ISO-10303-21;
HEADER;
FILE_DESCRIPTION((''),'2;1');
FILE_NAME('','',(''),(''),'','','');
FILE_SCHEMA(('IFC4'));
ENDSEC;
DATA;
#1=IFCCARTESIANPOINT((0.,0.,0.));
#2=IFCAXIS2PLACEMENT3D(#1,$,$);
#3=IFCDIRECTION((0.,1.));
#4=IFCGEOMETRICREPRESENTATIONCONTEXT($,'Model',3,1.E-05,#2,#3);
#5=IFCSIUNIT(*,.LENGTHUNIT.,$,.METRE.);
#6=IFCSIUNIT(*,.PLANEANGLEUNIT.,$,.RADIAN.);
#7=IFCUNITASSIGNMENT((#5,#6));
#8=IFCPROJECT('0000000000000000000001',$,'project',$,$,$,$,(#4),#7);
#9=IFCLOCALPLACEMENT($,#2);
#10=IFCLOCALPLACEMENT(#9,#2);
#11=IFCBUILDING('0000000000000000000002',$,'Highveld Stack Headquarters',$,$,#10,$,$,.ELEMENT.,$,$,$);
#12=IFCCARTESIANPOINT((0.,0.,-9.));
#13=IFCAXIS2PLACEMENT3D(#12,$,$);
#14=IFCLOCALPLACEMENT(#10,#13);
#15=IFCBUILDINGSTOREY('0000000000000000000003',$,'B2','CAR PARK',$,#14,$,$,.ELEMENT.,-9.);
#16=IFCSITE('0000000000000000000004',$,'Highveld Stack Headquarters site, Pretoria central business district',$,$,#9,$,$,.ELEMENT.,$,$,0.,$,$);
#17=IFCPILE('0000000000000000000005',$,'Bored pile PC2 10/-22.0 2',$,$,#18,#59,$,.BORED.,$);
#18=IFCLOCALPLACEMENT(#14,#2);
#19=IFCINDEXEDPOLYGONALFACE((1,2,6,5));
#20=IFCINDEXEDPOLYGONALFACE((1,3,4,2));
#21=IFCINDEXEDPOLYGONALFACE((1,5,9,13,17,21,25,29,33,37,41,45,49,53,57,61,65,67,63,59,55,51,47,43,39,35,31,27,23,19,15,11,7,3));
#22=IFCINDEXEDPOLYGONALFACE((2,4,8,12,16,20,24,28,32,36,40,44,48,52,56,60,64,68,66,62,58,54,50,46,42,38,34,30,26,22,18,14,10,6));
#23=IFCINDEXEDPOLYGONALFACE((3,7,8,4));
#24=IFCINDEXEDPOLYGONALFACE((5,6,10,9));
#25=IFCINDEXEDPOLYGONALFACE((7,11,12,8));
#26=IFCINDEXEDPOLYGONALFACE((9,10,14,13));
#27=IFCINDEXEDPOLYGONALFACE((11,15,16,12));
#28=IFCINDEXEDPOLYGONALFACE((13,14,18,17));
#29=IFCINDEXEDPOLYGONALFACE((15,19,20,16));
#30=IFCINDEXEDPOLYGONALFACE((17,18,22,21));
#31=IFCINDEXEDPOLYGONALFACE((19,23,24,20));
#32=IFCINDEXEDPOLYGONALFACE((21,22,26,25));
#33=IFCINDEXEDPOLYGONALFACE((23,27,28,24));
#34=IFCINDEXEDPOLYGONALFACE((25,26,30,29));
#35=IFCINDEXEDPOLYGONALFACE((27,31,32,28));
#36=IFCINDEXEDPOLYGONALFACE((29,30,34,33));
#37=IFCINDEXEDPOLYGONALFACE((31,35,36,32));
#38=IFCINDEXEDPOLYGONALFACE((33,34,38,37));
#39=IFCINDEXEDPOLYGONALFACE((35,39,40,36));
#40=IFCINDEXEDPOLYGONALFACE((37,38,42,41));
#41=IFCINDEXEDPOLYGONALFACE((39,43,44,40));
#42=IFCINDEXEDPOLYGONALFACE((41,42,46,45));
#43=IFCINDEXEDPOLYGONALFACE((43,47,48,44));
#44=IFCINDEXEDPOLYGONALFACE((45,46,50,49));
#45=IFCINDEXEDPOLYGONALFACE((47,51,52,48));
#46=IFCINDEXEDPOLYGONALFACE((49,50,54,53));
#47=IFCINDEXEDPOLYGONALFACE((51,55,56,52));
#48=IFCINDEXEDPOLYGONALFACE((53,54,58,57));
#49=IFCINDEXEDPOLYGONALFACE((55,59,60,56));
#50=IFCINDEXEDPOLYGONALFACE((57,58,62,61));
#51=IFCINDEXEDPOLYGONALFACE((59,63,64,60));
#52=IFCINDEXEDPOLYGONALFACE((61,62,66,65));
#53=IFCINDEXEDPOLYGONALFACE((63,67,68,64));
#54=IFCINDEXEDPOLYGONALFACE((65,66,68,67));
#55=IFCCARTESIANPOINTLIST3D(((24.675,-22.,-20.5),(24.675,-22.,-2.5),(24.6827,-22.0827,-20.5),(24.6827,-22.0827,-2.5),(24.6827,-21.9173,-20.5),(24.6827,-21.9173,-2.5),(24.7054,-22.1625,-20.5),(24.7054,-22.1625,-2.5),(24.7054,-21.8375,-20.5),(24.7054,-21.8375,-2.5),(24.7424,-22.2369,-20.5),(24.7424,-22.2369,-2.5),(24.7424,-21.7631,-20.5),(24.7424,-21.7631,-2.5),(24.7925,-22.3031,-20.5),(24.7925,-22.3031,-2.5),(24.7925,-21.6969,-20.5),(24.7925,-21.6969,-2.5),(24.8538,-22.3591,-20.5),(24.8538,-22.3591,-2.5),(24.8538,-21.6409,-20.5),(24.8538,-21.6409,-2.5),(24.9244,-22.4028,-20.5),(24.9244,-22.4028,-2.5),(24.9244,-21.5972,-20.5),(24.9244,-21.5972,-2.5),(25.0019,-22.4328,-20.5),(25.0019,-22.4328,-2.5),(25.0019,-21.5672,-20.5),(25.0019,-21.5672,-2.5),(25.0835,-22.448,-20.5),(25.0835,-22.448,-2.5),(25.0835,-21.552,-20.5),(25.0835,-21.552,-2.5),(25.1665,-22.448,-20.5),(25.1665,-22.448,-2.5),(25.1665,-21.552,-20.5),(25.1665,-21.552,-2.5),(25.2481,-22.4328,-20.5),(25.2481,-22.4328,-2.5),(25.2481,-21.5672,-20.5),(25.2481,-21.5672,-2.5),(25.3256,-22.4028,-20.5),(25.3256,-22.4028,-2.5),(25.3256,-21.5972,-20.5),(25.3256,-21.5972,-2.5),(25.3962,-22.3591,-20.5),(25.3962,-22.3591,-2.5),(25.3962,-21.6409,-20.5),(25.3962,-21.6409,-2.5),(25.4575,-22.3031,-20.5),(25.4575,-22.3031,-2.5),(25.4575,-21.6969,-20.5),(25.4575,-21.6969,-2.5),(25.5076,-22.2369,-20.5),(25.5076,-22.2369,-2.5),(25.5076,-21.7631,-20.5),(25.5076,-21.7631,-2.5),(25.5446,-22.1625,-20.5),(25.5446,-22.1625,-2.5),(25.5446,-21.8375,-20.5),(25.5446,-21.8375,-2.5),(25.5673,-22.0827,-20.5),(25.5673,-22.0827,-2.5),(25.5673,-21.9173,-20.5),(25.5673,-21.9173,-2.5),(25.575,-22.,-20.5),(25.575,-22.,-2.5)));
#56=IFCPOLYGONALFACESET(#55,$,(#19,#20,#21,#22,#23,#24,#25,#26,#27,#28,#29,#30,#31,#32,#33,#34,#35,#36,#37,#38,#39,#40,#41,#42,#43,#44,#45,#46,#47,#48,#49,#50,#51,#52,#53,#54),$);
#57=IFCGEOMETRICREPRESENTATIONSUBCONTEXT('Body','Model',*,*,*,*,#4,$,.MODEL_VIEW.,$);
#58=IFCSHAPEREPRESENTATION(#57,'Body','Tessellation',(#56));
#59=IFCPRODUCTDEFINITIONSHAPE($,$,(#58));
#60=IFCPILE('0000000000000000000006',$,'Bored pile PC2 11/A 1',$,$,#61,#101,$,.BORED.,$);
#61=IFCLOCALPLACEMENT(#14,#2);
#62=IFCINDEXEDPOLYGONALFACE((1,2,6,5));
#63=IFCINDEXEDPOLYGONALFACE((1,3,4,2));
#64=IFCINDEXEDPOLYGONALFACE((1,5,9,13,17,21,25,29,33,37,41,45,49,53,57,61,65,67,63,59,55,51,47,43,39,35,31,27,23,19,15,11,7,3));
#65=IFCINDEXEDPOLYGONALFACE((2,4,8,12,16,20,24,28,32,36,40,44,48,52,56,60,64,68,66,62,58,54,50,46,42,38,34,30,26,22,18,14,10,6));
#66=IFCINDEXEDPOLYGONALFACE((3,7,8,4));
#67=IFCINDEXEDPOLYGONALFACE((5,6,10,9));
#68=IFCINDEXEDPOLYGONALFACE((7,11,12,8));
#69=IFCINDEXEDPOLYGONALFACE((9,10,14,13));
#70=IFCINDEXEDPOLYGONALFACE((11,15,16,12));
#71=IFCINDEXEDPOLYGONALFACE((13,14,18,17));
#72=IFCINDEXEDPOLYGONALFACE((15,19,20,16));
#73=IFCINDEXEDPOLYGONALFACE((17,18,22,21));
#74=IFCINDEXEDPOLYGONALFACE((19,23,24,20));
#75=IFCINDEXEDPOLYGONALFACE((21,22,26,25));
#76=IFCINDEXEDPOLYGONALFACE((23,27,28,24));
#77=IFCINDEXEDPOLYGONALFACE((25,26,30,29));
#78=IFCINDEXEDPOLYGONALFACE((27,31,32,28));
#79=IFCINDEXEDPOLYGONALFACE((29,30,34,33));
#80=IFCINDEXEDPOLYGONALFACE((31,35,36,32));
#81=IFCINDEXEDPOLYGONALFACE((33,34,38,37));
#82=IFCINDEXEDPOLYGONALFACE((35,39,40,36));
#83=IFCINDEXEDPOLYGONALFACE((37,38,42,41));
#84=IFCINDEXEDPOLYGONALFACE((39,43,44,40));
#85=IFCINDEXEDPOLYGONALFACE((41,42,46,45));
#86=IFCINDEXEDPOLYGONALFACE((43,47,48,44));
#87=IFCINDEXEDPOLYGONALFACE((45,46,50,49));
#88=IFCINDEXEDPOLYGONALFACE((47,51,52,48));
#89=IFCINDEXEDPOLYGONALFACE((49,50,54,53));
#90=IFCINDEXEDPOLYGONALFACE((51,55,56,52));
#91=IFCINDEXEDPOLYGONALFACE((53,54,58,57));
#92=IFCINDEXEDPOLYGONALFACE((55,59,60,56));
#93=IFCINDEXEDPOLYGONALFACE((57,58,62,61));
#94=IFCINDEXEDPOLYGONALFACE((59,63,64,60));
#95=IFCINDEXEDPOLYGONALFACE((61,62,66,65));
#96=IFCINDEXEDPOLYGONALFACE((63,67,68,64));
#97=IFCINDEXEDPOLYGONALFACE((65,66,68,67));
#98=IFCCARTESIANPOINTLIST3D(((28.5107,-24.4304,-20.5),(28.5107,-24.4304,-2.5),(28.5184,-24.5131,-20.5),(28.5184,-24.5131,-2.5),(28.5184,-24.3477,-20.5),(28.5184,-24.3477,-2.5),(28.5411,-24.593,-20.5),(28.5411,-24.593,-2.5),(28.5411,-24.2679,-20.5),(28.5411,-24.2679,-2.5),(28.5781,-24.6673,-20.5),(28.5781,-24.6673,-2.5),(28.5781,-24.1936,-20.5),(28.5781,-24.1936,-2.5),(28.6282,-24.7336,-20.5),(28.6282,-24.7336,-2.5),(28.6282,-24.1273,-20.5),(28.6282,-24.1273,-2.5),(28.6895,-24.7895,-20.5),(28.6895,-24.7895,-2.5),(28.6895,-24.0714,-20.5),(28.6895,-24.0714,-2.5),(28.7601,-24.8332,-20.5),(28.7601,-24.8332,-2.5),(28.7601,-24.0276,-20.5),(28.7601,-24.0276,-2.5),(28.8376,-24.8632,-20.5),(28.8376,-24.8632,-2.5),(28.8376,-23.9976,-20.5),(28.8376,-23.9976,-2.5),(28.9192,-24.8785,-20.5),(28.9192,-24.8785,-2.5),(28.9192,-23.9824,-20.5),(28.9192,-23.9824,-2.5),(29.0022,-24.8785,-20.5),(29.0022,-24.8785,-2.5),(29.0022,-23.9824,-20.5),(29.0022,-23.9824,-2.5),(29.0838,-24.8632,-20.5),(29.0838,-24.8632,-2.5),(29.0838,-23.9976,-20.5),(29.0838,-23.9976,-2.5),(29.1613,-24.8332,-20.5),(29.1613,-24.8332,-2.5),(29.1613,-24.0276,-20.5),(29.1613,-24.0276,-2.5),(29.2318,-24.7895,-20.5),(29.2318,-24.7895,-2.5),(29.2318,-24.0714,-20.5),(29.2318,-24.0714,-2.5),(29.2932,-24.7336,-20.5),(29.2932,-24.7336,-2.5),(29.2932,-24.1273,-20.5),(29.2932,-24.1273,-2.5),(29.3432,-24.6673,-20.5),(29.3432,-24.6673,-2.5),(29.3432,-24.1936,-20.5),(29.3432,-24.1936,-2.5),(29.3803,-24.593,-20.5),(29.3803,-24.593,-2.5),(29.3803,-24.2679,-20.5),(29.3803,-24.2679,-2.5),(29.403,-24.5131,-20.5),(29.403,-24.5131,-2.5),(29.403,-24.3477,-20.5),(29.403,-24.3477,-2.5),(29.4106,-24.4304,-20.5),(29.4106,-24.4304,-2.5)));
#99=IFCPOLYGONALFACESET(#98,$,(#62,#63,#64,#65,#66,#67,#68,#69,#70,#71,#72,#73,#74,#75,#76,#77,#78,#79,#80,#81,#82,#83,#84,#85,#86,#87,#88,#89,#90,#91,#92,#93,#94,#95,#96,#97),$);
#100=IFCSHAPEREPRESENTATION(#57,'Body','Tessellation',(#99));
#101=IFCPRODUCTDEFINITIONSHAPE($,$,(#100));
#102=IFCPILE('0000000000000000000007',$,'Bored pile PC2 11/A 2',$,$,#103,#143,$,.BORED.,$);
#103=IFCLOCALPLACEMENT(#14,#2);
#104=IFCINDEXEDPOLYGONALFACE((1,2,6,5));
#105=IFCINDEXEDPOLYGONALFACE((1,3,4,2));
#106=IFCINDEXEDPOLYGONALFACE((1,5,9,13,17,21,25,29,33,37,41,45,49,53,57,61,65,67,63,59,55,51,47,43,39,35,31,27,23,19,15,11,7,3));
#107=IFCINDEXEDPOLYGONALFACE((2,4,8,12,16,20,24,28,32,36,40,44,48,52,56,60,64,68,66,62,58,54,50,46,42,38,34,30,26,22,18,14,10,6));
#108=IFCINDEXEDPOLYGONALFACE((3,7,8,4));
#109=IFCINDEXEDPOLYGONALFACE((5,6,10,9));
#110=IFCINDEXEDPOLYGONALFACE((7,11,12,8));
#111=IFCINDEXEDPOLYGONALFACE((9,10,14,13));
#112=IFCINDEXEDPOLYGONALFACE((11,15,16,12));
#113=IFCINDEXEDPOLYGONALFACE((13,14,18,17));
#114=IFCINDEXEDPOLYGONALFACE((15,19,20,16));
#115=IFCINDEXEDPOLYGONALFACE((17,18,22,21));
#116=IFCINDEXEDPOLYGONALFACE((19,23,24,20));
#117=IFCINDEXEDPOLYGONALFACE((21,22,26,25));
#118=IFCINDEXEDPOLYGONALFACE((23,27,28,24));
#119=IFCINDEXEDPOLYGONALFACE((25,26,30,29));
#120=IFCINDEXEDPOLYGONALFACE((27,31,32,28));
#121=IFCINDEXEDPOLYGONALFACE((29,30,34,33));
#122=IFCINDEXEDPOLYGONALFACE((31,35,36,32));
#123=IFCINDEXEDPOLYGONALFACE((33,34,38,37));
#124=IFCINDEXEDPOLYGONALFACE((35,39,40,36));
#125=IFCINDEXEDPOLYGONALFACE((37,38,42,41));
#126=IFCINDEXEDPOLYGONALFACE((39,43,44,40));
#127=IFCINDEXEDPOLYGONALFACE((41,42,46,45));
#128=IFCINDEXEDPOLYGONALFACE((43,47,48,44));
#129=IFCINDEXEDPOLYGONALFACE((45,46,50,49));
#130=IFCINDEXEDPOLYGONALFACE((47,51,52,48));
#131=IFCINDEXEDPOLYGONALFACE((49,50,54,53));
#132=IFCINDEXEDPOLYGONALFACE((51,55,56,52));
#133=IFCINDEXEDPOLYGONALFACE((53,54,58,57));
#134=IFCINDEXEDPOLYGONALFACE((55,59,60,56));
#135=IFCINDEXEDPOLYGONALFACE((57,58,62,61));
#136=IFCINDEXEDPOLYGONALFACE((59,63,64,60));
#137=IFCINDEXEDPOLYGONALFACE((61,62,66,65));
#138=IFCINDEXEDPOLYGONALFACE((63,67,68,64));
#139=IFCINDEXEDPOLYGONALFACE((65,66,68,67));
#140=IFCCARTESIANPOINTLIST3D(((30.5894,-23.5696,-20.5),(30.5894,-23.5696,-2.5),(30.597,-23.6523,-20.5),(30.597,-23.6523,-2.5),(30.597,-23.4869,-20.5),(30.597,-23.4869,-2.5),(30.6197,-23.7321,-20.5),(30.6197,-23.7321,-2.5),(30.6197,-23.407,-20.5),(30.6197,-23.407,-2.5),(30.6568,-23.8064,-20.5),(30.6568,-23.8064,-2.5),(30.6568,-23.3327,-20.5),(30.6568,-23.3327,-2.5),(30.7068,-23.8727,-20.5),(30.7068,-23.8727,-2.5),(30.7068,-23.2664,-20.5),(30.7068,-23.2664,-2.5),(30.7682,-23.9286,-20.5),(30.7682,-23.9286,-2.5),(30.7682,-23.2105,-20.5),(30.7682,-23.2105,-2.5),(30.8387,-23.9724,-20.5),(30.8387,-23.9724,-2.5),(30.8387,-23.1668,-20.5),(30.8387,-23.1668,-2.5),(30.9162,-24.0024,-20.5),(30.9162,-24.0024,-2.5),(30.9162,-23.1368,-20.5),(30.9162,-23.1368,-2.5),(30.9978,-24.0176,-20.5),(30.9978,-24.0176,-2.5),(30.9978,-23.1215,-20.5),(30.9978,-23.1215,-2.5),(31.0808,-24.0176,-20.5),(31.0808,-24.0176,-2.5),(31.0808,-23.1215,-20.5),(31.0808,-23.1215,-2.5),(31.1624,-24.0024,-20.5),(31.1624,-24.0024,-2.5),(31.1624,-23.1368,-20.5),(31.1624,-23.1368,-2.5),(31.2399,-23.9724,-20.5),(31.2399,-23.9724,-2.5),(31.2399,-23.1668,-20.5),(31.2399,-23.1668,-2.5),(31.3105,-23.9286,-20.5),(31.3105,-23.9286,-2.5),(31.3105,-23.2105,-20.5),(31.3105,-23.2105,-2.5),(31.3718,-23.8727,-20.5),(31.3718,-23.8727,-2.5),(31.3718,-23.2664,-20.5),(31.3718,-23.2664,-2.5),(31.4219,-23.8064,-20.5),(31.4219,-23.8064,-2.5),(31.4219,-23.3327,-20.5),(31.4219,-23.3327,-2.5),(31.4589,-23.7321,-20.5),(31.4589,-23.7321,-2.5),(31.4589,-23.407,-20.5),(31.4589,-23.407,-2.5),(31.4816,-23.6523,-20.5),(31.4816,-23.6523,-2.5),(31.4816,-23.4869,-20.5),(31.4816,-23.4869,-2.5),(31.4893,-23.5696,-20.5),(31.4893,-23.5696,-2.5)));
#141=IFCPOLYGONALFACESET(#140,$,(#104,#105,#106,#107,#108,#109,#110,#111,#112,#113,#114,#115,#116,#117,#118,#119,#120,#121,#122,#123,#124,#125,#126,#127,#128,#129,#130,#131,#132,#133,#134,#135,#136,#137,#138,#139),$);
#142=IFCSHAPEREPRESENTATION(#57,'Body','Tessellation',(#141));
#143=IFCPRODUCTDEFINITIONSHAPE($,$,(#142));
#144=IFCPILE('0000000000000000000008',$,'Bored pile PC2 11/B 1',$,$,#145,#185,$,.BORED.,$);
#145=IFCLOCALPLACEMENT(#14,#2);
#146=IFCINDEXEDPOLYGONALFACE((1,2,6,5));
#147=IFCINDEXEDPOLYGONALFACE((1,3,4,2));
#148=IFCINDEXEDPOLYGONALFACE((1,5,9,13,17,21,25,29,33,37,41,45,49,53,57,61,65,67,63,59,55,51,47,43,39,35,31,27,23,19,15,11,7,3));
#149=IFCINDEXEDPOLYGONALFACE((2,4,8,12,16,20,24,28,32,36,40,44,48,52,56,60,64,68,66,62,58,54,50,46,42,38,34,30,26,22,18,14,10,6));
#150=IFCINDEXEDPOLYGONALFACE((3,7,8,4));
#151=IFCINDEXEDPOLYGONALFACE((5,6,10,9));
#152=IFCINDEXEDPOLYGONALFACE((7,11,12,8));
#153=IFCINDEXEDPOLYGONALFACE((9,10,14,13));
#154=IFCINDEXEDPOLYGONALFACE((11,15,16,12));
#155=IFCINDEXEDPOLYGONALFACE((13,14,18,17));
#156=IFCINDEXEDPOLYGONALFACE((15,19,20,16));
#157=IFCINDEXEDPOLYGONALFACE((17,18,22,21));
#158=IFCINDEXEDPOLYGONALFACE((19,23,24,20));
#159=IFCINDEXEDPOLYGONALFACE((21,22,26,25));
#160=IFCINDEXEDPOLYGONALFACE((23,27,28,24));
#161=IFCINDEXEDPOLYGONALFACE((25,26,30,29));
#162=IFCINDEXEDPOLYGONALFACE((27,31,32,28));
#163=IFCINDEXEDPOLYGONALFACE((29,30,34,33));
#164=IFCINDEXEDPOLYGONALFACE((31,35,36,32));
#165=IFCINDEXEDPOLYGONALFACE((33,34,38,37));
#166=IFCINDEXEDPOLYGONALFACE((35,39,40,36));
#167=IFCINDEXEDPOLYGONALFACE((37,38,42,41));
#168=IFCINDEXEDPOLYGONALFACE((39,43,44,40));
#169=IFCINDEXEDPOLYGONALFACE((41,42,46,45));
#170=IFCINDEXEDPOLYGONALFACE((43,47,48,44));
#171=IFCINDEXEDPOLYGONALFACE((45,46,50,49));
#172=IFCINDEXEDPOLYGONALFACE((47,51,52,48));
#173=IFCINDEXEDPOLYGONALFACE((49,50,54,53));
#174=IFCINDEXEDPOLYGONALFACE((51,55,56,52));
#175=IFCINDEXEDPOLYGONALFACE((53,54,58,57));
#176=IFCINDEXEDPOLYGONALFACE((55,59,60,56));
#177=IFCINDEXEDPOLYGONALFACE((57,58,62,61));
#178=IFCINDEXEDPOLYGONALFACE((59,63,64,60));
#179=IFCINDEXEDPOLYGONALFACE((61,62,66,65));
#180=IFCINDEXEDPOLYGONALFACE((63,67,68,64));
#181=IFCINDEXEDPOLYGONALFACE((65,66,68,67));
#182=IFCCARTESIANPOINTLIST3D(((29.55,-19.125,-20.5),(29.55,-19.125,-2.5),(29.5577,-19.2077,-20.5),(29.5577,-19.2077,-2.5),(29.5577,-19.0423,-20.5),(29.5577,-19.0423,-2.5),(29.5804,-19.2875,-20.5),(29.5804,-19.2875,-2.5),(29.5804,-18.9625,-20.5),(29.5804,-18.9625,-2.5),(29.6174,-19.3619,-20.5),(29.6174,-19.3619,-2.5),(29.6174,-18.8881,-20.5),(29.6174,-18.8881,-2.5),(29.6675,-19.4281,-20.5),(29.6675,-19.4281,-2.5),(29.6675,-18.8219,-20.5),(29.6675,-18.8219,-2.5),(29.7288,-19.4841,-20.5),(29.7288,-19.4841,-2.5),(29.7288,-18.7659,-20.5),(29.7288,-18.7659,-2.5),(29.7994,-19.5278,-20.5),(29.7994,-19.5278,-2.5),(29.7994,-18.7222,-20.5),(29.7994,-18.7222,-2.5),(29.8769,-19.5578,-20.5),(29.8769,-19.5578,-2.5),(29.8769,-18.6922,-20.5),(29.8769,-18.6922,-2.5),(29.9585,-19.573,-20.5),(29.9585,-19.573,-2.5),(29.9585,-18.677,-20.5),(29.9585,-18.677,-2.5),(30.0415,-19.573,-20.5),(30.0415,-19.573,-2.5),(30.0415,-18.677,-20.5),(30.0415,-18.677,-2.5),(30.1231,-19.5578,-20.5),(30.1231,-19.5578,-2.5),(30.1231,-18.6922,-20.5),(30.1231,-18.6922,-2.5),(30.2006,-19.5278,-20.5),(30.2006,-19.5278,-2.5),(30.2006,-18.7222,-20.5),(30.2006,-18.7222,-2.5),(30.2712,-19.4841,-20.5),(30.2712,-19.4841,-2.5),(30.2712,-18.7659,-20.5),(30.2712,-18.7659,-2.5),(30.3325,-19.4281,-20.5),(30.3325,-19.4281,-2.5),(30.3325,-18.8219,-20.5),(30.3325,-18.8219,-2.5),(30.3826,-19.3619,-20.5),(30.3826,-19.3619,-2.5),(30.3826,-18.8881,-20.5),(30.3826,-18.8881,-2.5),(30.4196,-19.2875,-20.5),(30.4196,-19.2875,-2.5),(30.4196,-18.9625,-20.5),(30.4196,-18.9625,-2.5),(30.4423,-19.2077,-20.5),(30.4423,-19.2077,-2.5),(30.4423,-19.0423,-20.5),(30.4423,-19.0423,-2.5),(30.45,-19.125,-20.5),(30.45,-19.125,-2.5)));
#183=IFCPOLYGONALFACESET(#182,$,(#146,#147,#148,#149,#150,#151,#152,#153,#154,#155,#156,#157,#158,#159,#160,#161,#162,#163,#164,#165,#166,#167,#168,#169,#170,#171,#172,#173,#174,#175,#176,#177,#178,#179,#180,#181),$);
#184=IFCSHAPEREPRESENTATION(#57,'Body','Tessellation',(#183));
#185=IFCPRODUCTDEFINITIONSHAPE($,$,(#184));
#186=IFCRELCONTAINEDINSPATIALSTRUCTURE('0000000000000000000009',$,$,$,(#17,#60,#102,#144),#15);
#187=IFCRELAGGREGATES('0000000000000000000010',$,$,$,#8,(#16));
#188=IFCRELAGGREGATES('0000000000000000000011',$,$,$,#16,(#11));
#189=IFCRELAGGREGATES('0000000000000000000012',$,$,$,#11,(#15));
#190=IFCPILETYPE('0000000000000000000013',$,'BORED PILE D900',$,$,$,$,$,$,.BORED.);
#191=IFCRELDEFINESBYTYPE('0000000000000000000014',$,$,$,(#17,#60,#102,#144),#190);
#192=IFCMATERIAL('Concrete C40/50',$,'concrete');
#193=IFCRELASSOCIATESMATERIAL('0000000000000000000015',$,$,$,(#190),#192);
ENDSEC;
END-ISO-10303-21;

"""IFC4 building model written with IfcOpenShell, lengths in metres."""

from ifc_helpers import new_model, si_unit, direction, frame, origin, origin_2d, place, context, subcontext, project, spatial, circle, extrude, material, type_object, element, save


model = new_model("IFC4")

# Units and contexts
model_context = context("Model", 3, precision=1e-05, world=origin(), true_north=direction((0.0, 1.0)))
body_context = subcontext(model_context, "Body", "Model", "MODEL_VIEW")
ifc_project = project(units=[si_unit("LENGTHUNIT", "METRE"), si_unit("PLANEANGLEUNIT", "RADIAN")], contexts=[model_context])

# Site, building, storey
site_placement = place(None, origin())
site = spatial("IfcSite", under=ifc_project, at=site_placement, Name="Highveld Stack Headquarters site, Pretoria central business district", CompositionType="ELEMENT", RefElevation=0.0)
building_placement = place(site_placement, origin())
building = spatial("IfcBuilding", under=site, at=building_placement, Name="Highveld Stack Headquarters", CompositionType="ELEMENT")
storey_placement = place(building_placement, frame((0.0, 0.0, -9.0)))
storey = spatial("IfcBuildingStorey", under=building, at=storey_placement, Name="B2", Description="CAR PARK", CompositionType="ELEMENT", Elevation=-9.0)

# Piles
ifc_material_1 = material(Name="Concrete C40/50", Category="concrete")
pile_type_1 = type_object("IfcPileType", Name="BORED PILE D900", PredefinedType="BORED", material=ifc_material_1)
for number, where, z_axis, x_axis, name in (
    (1, (25.125, -22.0, -2.5), (0.0, 0.0, -1.0), (1.0, 0.0, 0.0), "Bored pile PC2 10/-22.0 2"),
    (2, (28.9607, -24.4304, -2.5), (0.0, 0.0, -1.0), (1.0, 0.0, 0.0), "Bored pile PC2 11/A 1"),
    (3, (31.0393, -23.5696, -2.5), (0.0, 0.0, -1.0), (1.0, 0.0, 0.0), "Bored pile PC2 11/A 2"),
    (4, (30.0, -19.125, -2.5), (0.0, 0.0, -1.0), (1.0, 0.0, 0.0), "Bored pile PC2 11/B 1"),
):
    element("IfcPile", number, at=place(storey_placement, frame(where, z_axis=z_axis, x_axis=x_axis)), inside=storey, type_object=pile_type_1, Name=name, PredefinedType="BORED", context=body_context, shape_type="SweptSolid", body=[
        extrude(circle(Radius=0.45, at=origin_2d()), origin(), (0.0, 0.0, 1.0), 18.0),
    ])

save(model, "model.ifc")
